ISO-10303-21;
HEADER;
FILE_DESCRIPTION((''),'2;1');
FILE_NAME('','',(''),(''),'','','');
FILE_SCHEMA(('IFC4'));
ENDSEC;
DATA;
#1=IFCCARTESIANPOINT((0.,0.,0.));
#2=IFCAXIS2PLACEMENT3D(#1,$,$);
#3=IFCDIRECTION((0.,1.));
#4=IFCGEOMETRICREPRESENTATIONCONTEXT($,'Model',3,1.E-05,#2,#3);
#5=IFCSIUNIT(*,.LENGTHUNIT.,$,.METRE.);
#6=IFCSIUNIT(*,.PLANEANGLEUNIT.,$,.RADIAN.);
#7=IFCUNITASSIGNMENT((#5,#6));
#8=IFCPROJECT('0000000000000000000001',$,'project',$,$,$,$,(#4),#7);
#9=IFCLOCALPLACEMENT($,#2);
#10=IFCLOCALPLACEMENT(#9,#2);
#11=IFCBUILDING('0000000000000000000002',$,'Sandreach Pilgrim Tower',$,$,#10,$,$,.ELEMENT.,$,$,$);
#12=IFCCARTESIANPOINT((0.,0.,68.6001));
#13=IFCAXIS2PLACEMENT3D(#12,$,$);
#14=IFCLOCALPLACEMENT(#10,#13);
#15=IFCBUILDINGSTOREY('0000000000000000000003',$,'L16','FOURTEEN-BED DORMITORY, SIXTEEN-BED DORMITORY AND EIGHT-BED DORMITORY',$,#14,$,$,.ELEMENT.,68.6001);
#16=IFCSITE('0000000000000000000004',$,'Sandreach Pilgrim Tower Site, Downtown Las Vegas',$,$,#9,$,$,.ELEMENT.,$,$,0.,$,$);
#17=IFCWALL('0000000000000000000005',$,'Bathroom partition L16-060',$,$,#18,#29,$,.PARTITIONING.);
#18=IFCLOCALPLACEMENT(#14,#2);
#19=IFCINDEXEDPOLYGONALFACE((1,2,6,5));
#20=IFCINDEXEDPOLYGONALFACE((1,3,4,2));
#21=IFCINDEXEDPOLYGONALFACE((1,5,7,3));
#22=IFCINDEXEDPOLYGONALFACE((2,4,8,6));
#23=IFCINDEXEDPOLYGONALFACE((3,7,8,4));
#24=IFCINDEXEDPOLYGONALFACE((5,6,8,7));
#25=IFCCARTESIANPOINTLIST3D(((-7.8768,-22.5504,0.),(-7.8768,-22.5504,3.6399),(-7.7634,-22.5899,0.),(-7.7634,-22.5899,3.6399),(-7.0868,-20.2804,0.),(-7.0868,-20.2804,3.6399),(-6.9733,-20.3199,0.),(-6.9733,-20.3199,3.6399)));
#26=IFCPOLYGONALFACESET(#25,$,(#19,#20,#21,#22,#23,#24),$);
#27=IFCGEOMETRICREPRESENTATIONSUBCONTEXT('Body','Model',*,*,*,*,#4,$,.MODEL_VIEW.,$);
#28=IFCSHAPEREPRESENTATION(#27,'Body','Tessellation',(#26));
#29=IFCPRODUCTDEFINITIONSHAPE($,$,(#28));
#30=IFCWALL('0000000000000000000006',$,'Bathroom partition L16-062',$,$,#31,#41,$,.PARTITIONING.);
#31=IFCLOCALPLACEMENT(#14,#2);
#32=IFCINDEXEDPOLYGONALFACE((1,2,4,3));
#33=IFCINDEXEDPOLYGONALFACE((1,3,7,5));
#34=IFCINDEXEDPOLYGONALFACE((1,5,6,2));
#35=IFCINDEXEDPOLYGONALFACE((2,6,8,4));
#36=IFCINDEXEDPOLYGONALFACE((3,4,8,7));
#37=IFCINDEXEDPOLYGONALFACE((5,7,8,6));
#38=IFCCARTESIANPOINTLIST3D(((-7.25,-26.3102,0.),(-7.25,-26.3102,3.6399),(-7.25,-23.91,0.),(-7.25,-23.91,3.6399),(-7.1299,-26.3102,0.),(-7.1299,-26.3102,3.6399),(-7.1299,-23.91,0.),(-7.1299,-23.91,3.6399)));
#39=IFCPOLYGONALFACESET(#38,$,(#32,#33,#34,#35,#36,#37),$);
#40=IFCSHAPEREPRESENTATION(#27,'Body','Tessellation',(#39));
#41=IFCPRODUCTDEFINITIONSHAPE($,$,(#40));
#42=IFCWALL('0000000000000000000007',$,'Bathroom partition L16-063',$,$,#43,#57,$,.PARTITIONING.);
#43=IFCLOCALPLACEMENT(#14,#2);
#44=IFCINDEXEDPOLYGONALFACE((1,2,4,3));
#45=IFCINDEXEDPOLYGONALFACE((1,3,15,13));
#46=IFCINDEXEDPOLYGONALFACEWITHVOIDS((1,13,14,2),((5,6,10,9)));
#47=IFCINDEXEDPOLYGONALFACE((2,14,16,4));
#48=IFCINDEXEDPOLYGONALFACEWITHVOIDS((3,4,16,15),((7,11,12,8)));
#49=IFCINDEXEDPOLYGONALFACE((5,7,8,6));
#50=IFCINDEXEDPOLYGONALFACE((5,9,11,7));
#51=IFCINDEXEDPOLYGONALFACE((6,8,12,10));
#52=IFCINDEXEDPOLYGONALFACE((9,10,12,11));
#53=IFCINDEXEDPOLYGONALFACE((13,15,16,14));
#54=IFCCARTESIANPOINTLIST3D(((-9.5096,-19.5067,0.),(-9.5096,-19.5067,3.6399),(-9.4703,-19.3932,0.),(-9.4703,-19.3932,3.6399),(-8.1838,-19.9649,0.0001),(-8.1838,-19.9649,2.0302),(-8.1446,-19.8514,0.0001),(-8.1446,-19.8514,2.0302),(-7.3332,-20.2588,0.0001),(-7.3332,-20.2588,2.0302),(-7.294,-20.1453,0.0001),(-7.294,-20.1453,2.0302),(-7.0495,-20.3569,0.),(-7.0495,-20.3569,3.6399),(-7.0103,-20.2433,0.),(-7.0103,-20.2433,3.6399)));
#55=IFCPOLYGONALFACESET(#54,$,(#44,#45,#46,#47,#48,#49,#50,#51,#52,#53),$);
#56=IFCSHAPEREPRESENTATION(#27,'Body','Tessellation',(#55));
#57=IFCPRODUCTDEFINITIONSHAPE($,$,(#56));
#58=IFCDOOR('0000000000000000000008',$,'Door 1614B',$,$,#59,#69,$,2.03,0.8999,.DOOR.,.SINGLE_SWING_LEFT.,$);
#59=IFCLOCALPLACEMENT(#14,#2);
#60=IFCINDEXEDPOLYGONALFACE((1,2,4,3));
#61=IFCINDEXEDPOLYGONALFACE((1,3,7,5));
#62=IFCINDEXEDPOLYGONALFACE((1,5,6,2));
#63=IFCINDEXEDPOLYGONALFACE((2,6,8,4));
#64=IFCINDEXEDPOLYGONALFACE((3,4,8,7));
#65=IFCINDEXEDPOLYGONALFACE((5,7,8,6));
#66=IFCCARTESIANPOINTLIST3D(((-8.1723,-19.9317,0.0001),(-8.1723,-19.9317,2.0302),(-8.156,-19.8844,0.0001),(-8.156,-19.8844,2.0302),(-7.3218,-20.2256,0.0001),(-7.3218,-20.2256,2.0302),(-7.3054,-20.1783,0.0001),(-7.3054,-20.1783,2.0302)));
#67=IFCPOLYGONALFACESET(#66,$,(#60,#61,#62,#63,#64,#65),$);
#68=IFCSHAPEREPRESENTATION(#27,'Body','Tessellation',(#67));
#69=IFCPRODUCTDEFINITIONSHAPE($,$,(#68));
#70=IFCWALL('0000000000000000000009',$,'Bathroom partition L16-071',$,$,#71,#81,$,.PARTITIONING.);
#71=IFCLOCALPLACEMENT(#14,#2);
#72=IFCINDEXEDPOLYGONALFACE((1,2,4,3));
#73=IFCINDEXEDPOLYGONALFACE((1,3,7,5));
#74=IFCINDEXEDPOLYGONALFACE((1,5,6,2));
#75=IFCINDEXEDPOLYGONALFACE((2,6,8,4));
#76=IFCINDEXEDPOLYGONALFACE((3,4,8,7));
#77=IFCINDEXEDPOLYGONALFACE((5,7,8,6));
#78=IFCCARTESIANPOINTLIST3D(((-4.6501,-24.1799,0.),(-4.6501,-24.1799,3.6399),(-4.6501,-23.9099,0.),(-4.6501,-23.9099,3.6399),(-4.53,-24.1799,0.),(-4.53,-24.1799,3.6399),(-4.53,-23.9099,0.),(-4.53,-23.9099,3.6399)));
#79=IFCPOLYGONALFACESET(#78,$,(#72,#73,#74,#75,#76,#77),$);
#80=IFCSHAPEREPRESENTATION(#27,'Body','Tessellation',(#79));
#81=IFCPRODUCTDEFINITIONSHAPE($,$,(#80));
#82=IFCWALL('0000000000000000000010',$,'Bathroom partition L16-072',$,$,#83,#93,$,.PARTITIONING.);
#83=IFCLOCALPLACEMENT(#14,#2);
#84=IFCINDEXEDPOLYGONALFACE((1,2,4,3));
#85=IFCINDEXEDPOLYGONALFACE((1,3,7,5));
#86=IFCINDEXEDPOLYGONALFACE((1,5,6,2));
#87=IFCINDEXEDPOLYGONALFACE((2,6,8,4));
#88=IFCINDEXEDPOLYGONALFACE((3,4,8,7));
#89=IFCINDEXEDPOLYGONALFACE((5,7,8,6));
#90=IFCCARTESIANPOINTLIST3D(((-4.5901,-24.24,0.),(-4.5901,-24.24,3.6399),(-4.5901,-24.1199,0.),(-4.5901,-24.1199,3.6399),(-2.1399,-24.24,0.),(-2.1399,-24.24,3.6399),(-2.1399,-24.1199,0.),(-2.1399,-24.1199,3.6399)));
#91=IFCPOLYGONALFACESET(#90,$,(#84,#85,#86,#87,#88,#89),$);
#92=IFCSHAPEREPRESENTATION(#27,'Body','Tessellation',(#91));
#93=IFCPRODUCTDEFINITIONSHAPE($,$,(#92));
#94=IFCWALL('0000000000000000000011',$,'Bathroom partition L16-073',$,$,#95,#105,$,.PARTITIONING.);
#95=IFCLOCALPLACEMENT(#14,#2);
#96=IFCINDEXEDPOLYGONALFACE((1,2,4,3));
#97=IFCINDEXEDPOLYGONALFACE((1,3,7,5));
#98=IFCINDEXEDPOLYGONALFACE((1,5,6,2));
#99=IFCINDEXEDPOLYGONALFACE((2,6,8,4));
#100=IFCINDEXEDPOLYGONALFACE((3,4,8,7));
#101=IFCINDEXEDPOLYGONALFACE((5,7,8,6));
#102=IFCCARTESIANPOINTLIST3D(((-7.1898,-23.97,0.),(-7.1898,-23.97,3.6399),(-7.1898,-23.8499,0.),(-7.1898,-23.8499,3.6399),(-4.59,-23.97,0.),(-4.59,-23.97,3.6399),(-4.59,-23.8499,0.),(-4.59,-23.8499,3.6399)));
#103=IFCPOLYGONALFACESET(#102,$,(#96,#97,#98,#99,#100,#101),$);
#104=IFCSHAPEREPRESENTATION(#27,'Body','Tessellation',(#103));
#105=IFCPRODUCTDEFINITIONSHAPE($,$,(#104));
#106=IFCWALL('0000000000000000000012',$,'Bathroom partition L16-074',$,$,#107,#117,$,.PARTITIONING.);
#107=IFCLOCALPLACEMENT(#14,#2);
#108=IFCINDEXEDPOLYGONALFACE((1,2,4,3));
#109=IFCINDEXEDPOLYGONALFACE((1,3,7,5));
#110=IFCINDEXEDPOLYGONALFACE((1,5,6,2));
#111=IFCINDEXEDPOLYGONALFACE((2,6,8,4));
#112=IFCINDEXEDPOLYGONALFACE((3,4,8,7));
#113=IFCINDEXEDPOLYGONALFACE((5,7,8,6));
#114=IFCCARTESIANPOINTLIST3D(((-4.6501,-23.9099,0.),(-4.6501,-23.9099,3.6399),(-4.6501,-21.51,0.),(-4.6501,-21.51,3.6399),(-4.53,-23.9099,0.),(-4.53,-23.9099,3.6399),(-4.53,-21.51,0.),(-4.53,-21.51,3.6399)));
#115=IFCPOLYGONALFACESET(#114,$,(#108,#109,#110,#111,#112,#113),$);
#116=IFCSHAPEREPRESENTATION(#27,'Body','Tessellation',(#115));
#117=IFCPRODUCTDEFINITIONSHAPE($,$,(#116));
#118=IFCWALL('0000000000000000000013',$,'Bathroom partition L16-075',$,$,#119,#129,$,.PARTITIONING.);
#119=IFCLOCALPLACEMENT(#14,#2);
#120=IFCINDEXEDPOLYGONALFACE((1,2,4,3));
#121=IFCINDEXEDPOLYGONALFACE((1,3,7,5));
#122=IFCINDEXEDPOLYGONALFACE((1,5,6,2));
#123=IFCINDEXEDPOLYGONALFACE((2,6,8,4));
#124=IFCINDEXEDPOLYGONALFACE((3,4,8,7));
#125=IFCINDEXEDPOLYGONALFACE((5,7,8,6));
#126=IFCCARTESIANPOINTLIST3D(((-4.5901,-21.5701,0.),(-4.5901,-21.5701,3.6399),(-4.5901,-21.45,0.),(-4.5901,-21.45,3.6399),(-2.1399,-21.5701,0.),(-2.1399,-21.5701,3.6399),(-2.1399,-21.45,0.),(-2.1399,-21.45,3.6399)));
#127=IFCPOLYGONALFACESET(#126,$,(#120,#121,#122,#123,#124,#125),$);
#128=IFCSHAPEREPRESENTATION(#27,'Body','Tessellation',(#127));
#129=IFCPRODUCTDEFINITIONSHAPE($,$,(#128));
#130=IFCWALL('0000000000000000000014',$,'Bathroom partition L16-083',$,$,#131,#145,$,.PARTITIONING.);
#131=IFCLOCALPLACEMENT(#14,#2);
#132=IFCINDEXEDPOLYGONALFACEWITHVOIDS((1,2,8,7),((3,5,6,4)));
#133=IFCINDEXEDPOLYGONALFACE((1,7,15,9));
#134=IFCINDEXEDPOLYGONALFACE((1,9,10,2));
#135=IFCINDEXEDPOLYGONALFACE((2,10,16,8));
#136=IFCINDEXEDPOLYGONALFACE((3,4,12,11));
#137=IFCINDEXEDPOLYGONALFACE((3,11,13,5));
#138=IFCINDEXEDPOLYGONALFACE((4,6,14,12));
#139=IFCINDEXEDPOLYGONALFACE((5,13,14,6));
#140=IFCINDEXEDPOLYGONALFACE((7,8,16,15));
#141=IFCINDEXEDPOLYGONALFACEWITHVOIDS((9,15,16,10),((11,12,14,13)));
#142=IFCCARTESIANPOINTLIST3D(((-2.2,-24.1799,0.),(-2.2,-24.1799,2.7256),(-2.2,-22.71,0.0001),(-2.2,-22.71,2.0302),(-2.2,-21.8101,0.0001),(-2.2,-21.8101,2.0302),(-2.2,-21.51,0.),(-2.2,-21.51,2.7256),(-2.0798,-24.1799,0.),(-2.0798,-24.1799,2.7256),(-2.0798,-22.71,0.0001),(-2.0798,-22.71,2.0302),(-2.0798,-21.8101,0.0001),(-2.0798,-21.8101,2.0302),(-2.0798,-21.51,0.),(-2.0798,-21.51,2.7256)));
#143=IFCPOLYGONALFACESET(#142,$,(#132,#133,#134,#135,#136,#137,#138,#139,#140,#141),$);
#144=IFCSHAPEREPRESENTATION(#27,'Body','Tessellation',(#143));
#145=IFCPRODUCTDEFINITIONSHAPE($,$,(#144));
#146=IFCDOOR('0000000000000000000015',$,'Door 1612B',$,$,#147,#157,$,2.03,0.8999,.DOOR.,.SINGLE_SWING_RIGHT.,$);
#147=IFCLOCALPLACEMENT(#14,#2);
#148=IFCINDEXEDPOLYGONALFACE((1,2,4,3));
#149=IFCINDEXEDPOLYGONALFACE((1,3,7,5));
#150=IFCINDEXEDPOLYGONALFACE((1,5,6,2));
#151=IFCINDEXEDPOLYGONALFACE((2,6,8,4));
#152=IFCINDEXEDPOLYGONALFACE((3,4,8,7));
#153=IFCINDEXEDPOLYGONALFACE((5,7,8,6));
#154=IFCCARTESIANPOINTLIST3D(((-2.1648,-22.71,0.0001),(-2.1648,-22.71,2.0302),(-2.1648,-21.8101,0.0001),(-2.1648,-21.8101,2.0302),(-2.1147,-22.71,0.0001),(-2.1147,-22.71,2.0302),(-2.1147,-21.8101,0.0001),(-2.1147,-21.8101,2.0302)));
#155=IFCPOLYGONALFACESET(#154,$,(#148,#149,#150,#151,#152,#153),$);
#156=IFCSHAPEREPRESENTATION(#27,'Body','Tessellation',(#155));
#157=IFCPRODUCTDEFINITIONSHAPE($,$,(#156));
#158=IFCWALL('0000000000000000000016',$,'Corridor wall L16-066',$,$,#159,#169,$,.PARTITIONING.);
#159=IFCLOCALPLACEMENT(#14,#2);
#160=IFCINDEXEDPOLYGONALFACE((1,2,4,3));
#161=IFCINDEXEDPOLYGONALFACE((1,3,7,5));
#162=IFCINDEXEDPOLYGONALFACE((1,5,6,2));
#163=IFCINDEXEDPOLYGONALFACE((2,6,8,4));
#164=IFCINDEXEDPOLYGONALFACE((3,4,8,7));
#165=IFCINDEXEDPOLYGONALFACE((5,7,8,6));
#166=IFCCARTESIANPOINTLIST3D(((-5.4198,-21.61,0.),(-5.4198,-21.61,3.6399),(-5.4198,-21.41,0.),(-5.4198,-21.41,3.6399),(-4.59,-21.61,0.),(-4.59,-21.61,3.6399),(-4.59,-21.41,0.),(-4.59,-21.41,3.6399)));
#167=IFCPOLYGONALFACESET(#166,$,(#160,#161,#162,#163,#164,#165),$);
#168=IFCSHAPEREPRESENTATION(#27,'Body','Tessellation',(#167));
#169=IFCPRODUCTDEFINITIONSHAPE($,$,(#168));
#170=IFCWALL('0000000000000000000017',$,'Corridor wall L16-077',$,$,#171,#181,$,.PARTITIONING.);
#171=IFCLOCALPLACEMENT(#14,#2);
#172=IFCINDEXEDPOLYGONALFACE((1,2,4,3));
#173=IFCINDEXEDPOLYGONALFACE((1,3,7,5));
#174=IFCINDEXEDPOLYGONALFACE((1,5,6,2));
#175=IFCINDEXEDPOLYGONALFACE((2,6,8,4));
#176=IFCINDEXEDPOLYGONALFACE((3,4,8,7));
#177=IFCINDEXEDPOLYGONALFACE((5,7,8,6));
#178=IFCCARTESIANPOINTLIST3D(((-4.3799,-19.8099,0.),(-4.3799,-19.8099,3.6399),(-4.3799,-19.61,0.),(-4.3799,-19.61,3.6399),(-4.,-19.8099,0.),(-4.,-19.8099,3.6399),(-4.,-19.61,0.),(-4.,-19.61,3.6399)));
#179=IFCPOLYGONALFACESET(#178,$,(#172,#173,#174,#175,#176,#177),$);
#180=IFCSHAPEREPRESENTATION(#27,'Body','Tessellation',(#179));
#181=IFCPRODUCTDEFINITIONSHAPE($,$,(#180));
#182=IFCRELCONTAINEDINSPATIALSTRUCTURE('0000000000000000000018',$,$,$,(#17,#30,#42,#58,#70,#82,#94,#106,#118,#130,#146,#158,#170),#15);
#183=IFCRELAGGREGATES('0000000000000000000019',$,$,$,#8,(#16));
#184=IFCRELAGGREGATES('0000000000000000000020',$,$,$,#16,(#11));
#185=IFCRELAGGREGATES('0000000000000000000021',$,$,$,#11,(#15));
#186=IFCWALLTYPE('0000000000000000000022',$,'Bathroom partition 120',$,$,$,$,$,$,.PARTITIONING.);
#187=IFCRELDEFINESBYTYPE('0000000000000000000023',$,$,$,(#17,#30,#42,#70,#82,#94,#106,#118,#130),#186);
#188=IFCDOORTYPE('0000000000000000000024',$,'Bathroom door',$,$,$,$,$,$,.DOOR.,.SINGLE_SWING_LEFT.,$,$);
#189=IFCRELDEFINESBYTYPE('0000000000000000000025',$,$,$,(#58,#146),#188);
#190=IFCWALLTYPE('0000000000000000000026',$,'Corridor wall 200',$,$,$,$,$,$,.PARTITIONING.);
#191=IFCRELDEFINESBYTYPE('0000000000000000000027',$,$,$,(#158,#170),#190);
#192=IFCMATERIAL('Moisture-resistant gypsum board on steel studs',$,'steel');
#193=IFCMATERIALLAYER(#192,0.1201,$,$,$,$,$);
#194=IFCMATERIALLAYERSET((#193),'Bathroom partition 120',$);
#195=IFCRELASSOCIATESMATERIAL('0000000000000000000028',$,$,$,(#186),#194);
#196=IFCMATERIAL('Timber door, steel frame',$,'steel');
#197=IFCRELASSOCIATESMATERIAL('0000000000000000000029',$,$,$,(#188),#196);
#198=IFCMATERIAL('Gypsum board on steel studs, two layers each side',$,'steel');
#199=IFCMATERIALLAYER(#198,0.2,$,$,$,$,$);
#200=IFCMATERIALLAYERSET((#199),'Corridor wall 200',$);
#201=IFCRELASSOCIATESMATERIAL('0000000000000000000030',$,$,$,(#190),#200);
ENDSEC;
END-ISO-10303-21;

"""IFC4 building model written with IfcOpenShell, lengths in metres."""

from ifc_helpers import new_model, si_unit, direction, frame, frame_2d, origin, place, context, subcontext, project, spatial, rectangle, extrude, material, layer, layer_set, type_object, element, fill, save


model = new_model("IFC4")

# Units and contexts
model_context = context("Model", 3, precision=1e-05, world=origin(), true_north=direction((0.0, 1.0)))
body_context = subcontext(model_context, "Body", "Model", "MODEL_VIEW")
ifc_project = project(units=[si_unit("LENGTHUNIT", "METRE"), si_unit("PLANEANGLEUNIT", "RADIAN")], contexts=[model_context])

# Site, building, storey
site_placement = place(None, origin())
site = spatial("IfcSite", under=ifc_project, at=site_placement, Name="Sandreach Pilgrim Tower Site, Downtown Las Vegas", CompositionType="ELEMENT", RefElevation=0.0)
building_placement = place(site_placement, origin())
building = spatial("IfcBuilding", under=site, at=building_placement, Name="Sandreach Pilgrim Tower", CompositionType="ELEMENT")
storey_placement = place(building_placement, frame((0.0, 0.0, 68.6001)))
storey = spatial("IfcBuildingStorey", under=building, at=storey_placement, Name="L16", Description="FOURTEEN-BED DORMITORY, SIXTEEN-BED DORMITORY AND EIGHT-BED DORMITORY", CompositionType="ELEMENT", Elevation=68.6001)

# Walls
ifc_material_1 = material(Name="Moisture-resistant gypsum board on steel studs", Category="steel")
ifc_layer_1 = layer(ifc_material_1, 0.1201)
ifc_layer_set_1 = layer_set([ifc_layer_1], Name="Bathroom partition 120")
wall_type_1 = type_object("IfcWallType", Name="Bathroom partition 120", PredefinedType="PARTITIONING", material=ifc_layer_set_1)
wall_1_placement = place(storey_placement, frame((-7.8201, -22.5701, 0.0), z_axis=(0.0, 0.0, 1.0), x_axis=(0.328694, 0.944436, 0.0)))
element("IfcWall", 1, at=wall_1_placement, inside=storey, type_object=wall_type_1, Name="Bathroom partition L16-060", PredefinedType="PARTITIONING", context=body_context, shape_type="SweptSolid", body=[
    extrude(rectangle(XDim=2.4036, YDim=0.1201, at=frame_2d((1.2017, 0.0))), origin(), (0.0, 0.0, 1.0), 3.6399),
])
wall_2_placement = place(storey_placement, frame((-7.1899, -23.9099, 0.0), z_axis=(0.0, 0.0, 1.0), x_axis=(0.0, -1.0, 0.0)))
element("IfcWall", 2, at=wall_2_placement, inside=storey, type_object=wall_type_1, Name="Bathroom partition L16-062", PredefinedType="PARTITIONING", context=body_context, shape_type="SweptSolid", body=[
    extrude(rectangle(XDim=2.4001, YDim=0.1201, at=frame_2d((1.2002, 0.0))), origin(), (0.0, 0.0, 1.0), 3.6399),
])

# Wall, opening, door
wall_3_placement = place(storey_placement, frame((-7.03, -20.3, 0.0), z_axis=(0.0, 0.0, 1.0), x_axis=(-0.945155, 0.326621, 0.0)))
wall_3 = element("IfcWall", 3, at=wall_3_placement, inside=storey, type_object=wall_type_1, Name="Bathroom partition L16-063", PredefinedType="PARTITIONING", context=body_context, shape_type="SweptSolid", body=[
    extrude(rectangle(XDim=2.6028, YDim=0.1201, at=frame_2d((1.3013, 0.0))), origin(), (0.0, 0.0, 1.0), 3.6399),
])
opening_1_placement = place(wall_3_placement, frame((0.3, 0.0, 0.0)))
opening_1 = element("IfcOpeningElement", 4, at=opening_1_placement, cuts=wall_3, PredefinedType="OPENING", context=body_context, shape_type="SweptSolid", body=[
    extrude(rectangle(XDim=0.8999, YDim=2.03, at=frame_2d((0.45, 1.0151))), frame((0.0, 0.0601, 0.0), z_axis=(0.0, -1.0, 0.0), x_axis=(1.0, 0.0, 0.0)), (0.0, 0.0, 1.0), 0.1201),
])
ifc_material_2 = material(Name="Timber door, steel frame", Category="steel")
door_type_1 = type_object("IfcDoorType", Name="Bathroom door", OperationType="SINGLE_SWING_LEFT", PredefinedType="DOOR", material=ifc_material_2)
door_1_placement = place(opening_1_placement, origin())
door_1 = element("IfcDoor", 5, at=door_1_placement, inside=storey, type_object=door_type_1, Name="Door 1614B", OperationType="SINGLE_SWING_LEFT", OverallHeight=2.03, OverallWidth=0.8999, PredefinedType="DOOR", context=body_context, shape_type="SweptSolid", body=[
    extrude(rectangle(XDim=0.8999, YDim=2.03, at=frame_2d((0.45, 1.0151))), frame((0.0, 0.0249, 0.0), z_axis=(0.0, -1.0, 0.0), x_axis=(1.0, 0.0, 0.0)), (0.0, 0.0, 1.0), 0.05),
])
fill(opening_1, door_1)

# Walls
wall_4_placement = place(storey_placement, frame((-4.5901, -24.1799, 0.0), z_axis=(0.0, 0.0, 1.0), x_axis=(0.0, 1.0, 0.0)))
element("IfcWall", 6, at=wall_4_placement, inside=storey, type_object=wall_type_1, Name="Bathroom partition L16-071", PredefinedType="PARTITIONING", context=body_context, shape_type="SweptSolid", body=[
    extrude(rectangle(XDim=0.27, YDim=0.1201, at=frame_2d((0.135, 0.0))), origin(), (0.0, 0.0, 1.0), 3.6399),
])
wall_5_placement = place(storey_placement, frame((-4.5901, -24.1799, 0.0), z_axis=(0.0, 0.0, 1.0), x_axis=(1.0, 0.0, 0.0)))
element("IfcWall", 7, at=wall_5_placement, inside=storey, type_object=wall_type_1, Name="Bathroom partition L16-072", PredefinedType="PARTITIONING", context=body_context, shape_type="SweptSolid", body=[
    extrude(rectangle(XDim=2.4502, YDim=0.1201, at=frame_2d((1.2251, 0.0))), origin(), (0.0, 0.0, 1.0), 3.6399),
])
wall_6_placement = place(storey_placement, frame((-4.5901, -23.9099, 0.0), z_axis=(0.0, 0.0, 1.0), x_axis=(-1.0, 0.0, 0.0)))
element("IfcWall", 8, at=wall_6_placement, inside=storey, type_object=wall_type_1, Name="Bathroom partition L16-073", PredefinedType="PARTITIONING", context=body_context, shape_type="SweptSolid", body=[
    extrude(rectangle(XDim=2.5999, YDim=0.1201, at=frame_2d((1.2998, 0.0))), origin(), (0.0, 0.0, 1.0), 3.6399),
])
wall_7_placement = place(storey_placement, frame((-4.5901, -23.9099, 0.0), z_axis=(0.0, 0.0, 1.0), x_axis=(0.0, 1.0, 0.0)))
element("IfcWall", 9, at=wall_7_placement, inside=storey, type_object=wall_type_1, Name="Bathroom partition L16-074", PredefinedType="PARTITIONING", context=body_context, shape_type="SweptSolid", body=[
    extrude(rectangle(XDim=2.3999, YDim=0.1201, at=frame_2d((1.2, 0.0))), origin(), (0.0, 0.0, 1.0), 3.6399),
])
wall_8_placement = place(storey_placement, frame((-4.5901, -21.51, 0.0), z_axis=(0.0, 0.0, 1.0), x_axis=(1.0, 0.0, 0.0)))
element("IfcWall", 10, at=wall_8_placement, inside=storey, type_object=wall_type_1, Name="Bathroom partition L16-075", PredefinedType="PARTITIONING", context=body_context, shape_type="SweptSolid", body=[
    extrude(rectangle(XDim=2.4502, YDim=0.1201, at=frame_2d((1.2251, 0.0))), origin(), (0.0, 0.0, 1.0), 3.6399),
])

# Wall, opening, door
wall_9_placement = place(storey_placement, frame((-2.1399, -24.1799, 0.0), z_axis=(0.0, 0.0, 1.0), x_axis=(0.0, 1.0, 0.0)))
wall_9 = element("IfcWall", 11, at=wall_9_placement, inside=storey, type_object=wall_type_1, Name="Bathroom partition L16-083", PredefinedType="PARTITIONING", context=body_context, shape_type="SweptSolid", body=[
    extrude(rectangle(XDim=2.6699, YDim=0.1201, at=frame_2d((1.335, 0.0))), origin(), (0.0, 0.0, 1.0), 2.7256),
])
opening_2_placement = place(wall_9_placement, frame((1.47, 0.0, 0.0)))
opening_2 = element("IfcOpeningElement", 12, at=opening_2_placement, cuts=wall_9, PredefinedType="OPENING", context=body_context, shape_type="SweptSolid", body=[
    extrude(rectangle(XDim=0.8999, YDim=2.03, at=frame_2d((0.45, 1.0151))), frame((0.0, 0.0601, 0.0), z_axis=(0.0, -1.0, 0.0), x_axis=(1.0, 0.0, 0.0)), (0.0, 0.0, 1.0), 0.1201),
])
door_2_placement = place(opening_2_placement, origin())
door_2 = element("IfcDoor", 13, at=door_2_placement, inside=storey, type_object=door_type_1, Name="Door 1612B", OperationType="SINGLE_SWING_RIGHT", OverallHeight=2.03, OverallWidth=0.8999, PredefinedType="DOOR", context=body_context, shape_type="SweptSolid", body=[
    extrude(rectangle(XDim=0.8999, YDim=2.03, at=frame_2d((0.45, 1.0151))), frame((0.0, 0.0249, 0.0), z_axis=(0.0, -1.0, 0.0), x_axis=(1.0, 0.0, 0.0)), (0.0, 0.0, 1.0), 0.05),
])
fill(opening_2, door_2)
ifc_material_3 = material(Name="Gypsum board on steel studs, two layers each side", Category="steel")
ifc_layer_2 = layer(ifc_material_3, 0.2)
ifc_layer_set_2 = layer_set([ifc_layer_2], Name="Corridor wall 200")
wall_type_2 = type_object("IfcWallType", Name="Corridor wall 200", PredefinedType="PARTITIONING", material=ifc_layer_set_2)

# Wall
wall_10_placement = place(storey_placement, frame((-5.4199, -21.51, 0.0), z_axis=(0.0, 0.0, 1.0), x_axis=(1.0, 0.0, 0.0)))
element("IfcWall", 14, at=wall_10_placement, inside=storey, type_object=wall_type_2, Name="Corridor wall L16-066", PredefinedType="PARTITIONING", context=body_context, shape_type="SweptSolid", body=[
    extrude(rectangle(XDim=0.8298, YDim=0.2, at=frame_2d((0.415, 0.0))), origin(), (0.0, 0.0, 1.0), 3.6399),
])

# Wall
wall_11_placement = place(storey_placement, frame((-4.0, -19.71, 0.0), z_axis=(0.0, 0.0, 1.0), x_axis=(-1.0, 0.0, 0.0)))
element("IfcWall", 15, at=wall_11_placement, inside=storey, type_object=wall_type_2, Name="Corridor wall L16-077", PredefinedType="PARTITIONING", context=body_context, shape_type="SweptSolid", body=[
    extrude(rectangle(XDim=0.3799, YDim=0.2, at=frame_2d((0.1899, 0.0))), origin(), (0.0, 0.0, 1.0), 3.6399),
])

save(model, "model.ifc")
